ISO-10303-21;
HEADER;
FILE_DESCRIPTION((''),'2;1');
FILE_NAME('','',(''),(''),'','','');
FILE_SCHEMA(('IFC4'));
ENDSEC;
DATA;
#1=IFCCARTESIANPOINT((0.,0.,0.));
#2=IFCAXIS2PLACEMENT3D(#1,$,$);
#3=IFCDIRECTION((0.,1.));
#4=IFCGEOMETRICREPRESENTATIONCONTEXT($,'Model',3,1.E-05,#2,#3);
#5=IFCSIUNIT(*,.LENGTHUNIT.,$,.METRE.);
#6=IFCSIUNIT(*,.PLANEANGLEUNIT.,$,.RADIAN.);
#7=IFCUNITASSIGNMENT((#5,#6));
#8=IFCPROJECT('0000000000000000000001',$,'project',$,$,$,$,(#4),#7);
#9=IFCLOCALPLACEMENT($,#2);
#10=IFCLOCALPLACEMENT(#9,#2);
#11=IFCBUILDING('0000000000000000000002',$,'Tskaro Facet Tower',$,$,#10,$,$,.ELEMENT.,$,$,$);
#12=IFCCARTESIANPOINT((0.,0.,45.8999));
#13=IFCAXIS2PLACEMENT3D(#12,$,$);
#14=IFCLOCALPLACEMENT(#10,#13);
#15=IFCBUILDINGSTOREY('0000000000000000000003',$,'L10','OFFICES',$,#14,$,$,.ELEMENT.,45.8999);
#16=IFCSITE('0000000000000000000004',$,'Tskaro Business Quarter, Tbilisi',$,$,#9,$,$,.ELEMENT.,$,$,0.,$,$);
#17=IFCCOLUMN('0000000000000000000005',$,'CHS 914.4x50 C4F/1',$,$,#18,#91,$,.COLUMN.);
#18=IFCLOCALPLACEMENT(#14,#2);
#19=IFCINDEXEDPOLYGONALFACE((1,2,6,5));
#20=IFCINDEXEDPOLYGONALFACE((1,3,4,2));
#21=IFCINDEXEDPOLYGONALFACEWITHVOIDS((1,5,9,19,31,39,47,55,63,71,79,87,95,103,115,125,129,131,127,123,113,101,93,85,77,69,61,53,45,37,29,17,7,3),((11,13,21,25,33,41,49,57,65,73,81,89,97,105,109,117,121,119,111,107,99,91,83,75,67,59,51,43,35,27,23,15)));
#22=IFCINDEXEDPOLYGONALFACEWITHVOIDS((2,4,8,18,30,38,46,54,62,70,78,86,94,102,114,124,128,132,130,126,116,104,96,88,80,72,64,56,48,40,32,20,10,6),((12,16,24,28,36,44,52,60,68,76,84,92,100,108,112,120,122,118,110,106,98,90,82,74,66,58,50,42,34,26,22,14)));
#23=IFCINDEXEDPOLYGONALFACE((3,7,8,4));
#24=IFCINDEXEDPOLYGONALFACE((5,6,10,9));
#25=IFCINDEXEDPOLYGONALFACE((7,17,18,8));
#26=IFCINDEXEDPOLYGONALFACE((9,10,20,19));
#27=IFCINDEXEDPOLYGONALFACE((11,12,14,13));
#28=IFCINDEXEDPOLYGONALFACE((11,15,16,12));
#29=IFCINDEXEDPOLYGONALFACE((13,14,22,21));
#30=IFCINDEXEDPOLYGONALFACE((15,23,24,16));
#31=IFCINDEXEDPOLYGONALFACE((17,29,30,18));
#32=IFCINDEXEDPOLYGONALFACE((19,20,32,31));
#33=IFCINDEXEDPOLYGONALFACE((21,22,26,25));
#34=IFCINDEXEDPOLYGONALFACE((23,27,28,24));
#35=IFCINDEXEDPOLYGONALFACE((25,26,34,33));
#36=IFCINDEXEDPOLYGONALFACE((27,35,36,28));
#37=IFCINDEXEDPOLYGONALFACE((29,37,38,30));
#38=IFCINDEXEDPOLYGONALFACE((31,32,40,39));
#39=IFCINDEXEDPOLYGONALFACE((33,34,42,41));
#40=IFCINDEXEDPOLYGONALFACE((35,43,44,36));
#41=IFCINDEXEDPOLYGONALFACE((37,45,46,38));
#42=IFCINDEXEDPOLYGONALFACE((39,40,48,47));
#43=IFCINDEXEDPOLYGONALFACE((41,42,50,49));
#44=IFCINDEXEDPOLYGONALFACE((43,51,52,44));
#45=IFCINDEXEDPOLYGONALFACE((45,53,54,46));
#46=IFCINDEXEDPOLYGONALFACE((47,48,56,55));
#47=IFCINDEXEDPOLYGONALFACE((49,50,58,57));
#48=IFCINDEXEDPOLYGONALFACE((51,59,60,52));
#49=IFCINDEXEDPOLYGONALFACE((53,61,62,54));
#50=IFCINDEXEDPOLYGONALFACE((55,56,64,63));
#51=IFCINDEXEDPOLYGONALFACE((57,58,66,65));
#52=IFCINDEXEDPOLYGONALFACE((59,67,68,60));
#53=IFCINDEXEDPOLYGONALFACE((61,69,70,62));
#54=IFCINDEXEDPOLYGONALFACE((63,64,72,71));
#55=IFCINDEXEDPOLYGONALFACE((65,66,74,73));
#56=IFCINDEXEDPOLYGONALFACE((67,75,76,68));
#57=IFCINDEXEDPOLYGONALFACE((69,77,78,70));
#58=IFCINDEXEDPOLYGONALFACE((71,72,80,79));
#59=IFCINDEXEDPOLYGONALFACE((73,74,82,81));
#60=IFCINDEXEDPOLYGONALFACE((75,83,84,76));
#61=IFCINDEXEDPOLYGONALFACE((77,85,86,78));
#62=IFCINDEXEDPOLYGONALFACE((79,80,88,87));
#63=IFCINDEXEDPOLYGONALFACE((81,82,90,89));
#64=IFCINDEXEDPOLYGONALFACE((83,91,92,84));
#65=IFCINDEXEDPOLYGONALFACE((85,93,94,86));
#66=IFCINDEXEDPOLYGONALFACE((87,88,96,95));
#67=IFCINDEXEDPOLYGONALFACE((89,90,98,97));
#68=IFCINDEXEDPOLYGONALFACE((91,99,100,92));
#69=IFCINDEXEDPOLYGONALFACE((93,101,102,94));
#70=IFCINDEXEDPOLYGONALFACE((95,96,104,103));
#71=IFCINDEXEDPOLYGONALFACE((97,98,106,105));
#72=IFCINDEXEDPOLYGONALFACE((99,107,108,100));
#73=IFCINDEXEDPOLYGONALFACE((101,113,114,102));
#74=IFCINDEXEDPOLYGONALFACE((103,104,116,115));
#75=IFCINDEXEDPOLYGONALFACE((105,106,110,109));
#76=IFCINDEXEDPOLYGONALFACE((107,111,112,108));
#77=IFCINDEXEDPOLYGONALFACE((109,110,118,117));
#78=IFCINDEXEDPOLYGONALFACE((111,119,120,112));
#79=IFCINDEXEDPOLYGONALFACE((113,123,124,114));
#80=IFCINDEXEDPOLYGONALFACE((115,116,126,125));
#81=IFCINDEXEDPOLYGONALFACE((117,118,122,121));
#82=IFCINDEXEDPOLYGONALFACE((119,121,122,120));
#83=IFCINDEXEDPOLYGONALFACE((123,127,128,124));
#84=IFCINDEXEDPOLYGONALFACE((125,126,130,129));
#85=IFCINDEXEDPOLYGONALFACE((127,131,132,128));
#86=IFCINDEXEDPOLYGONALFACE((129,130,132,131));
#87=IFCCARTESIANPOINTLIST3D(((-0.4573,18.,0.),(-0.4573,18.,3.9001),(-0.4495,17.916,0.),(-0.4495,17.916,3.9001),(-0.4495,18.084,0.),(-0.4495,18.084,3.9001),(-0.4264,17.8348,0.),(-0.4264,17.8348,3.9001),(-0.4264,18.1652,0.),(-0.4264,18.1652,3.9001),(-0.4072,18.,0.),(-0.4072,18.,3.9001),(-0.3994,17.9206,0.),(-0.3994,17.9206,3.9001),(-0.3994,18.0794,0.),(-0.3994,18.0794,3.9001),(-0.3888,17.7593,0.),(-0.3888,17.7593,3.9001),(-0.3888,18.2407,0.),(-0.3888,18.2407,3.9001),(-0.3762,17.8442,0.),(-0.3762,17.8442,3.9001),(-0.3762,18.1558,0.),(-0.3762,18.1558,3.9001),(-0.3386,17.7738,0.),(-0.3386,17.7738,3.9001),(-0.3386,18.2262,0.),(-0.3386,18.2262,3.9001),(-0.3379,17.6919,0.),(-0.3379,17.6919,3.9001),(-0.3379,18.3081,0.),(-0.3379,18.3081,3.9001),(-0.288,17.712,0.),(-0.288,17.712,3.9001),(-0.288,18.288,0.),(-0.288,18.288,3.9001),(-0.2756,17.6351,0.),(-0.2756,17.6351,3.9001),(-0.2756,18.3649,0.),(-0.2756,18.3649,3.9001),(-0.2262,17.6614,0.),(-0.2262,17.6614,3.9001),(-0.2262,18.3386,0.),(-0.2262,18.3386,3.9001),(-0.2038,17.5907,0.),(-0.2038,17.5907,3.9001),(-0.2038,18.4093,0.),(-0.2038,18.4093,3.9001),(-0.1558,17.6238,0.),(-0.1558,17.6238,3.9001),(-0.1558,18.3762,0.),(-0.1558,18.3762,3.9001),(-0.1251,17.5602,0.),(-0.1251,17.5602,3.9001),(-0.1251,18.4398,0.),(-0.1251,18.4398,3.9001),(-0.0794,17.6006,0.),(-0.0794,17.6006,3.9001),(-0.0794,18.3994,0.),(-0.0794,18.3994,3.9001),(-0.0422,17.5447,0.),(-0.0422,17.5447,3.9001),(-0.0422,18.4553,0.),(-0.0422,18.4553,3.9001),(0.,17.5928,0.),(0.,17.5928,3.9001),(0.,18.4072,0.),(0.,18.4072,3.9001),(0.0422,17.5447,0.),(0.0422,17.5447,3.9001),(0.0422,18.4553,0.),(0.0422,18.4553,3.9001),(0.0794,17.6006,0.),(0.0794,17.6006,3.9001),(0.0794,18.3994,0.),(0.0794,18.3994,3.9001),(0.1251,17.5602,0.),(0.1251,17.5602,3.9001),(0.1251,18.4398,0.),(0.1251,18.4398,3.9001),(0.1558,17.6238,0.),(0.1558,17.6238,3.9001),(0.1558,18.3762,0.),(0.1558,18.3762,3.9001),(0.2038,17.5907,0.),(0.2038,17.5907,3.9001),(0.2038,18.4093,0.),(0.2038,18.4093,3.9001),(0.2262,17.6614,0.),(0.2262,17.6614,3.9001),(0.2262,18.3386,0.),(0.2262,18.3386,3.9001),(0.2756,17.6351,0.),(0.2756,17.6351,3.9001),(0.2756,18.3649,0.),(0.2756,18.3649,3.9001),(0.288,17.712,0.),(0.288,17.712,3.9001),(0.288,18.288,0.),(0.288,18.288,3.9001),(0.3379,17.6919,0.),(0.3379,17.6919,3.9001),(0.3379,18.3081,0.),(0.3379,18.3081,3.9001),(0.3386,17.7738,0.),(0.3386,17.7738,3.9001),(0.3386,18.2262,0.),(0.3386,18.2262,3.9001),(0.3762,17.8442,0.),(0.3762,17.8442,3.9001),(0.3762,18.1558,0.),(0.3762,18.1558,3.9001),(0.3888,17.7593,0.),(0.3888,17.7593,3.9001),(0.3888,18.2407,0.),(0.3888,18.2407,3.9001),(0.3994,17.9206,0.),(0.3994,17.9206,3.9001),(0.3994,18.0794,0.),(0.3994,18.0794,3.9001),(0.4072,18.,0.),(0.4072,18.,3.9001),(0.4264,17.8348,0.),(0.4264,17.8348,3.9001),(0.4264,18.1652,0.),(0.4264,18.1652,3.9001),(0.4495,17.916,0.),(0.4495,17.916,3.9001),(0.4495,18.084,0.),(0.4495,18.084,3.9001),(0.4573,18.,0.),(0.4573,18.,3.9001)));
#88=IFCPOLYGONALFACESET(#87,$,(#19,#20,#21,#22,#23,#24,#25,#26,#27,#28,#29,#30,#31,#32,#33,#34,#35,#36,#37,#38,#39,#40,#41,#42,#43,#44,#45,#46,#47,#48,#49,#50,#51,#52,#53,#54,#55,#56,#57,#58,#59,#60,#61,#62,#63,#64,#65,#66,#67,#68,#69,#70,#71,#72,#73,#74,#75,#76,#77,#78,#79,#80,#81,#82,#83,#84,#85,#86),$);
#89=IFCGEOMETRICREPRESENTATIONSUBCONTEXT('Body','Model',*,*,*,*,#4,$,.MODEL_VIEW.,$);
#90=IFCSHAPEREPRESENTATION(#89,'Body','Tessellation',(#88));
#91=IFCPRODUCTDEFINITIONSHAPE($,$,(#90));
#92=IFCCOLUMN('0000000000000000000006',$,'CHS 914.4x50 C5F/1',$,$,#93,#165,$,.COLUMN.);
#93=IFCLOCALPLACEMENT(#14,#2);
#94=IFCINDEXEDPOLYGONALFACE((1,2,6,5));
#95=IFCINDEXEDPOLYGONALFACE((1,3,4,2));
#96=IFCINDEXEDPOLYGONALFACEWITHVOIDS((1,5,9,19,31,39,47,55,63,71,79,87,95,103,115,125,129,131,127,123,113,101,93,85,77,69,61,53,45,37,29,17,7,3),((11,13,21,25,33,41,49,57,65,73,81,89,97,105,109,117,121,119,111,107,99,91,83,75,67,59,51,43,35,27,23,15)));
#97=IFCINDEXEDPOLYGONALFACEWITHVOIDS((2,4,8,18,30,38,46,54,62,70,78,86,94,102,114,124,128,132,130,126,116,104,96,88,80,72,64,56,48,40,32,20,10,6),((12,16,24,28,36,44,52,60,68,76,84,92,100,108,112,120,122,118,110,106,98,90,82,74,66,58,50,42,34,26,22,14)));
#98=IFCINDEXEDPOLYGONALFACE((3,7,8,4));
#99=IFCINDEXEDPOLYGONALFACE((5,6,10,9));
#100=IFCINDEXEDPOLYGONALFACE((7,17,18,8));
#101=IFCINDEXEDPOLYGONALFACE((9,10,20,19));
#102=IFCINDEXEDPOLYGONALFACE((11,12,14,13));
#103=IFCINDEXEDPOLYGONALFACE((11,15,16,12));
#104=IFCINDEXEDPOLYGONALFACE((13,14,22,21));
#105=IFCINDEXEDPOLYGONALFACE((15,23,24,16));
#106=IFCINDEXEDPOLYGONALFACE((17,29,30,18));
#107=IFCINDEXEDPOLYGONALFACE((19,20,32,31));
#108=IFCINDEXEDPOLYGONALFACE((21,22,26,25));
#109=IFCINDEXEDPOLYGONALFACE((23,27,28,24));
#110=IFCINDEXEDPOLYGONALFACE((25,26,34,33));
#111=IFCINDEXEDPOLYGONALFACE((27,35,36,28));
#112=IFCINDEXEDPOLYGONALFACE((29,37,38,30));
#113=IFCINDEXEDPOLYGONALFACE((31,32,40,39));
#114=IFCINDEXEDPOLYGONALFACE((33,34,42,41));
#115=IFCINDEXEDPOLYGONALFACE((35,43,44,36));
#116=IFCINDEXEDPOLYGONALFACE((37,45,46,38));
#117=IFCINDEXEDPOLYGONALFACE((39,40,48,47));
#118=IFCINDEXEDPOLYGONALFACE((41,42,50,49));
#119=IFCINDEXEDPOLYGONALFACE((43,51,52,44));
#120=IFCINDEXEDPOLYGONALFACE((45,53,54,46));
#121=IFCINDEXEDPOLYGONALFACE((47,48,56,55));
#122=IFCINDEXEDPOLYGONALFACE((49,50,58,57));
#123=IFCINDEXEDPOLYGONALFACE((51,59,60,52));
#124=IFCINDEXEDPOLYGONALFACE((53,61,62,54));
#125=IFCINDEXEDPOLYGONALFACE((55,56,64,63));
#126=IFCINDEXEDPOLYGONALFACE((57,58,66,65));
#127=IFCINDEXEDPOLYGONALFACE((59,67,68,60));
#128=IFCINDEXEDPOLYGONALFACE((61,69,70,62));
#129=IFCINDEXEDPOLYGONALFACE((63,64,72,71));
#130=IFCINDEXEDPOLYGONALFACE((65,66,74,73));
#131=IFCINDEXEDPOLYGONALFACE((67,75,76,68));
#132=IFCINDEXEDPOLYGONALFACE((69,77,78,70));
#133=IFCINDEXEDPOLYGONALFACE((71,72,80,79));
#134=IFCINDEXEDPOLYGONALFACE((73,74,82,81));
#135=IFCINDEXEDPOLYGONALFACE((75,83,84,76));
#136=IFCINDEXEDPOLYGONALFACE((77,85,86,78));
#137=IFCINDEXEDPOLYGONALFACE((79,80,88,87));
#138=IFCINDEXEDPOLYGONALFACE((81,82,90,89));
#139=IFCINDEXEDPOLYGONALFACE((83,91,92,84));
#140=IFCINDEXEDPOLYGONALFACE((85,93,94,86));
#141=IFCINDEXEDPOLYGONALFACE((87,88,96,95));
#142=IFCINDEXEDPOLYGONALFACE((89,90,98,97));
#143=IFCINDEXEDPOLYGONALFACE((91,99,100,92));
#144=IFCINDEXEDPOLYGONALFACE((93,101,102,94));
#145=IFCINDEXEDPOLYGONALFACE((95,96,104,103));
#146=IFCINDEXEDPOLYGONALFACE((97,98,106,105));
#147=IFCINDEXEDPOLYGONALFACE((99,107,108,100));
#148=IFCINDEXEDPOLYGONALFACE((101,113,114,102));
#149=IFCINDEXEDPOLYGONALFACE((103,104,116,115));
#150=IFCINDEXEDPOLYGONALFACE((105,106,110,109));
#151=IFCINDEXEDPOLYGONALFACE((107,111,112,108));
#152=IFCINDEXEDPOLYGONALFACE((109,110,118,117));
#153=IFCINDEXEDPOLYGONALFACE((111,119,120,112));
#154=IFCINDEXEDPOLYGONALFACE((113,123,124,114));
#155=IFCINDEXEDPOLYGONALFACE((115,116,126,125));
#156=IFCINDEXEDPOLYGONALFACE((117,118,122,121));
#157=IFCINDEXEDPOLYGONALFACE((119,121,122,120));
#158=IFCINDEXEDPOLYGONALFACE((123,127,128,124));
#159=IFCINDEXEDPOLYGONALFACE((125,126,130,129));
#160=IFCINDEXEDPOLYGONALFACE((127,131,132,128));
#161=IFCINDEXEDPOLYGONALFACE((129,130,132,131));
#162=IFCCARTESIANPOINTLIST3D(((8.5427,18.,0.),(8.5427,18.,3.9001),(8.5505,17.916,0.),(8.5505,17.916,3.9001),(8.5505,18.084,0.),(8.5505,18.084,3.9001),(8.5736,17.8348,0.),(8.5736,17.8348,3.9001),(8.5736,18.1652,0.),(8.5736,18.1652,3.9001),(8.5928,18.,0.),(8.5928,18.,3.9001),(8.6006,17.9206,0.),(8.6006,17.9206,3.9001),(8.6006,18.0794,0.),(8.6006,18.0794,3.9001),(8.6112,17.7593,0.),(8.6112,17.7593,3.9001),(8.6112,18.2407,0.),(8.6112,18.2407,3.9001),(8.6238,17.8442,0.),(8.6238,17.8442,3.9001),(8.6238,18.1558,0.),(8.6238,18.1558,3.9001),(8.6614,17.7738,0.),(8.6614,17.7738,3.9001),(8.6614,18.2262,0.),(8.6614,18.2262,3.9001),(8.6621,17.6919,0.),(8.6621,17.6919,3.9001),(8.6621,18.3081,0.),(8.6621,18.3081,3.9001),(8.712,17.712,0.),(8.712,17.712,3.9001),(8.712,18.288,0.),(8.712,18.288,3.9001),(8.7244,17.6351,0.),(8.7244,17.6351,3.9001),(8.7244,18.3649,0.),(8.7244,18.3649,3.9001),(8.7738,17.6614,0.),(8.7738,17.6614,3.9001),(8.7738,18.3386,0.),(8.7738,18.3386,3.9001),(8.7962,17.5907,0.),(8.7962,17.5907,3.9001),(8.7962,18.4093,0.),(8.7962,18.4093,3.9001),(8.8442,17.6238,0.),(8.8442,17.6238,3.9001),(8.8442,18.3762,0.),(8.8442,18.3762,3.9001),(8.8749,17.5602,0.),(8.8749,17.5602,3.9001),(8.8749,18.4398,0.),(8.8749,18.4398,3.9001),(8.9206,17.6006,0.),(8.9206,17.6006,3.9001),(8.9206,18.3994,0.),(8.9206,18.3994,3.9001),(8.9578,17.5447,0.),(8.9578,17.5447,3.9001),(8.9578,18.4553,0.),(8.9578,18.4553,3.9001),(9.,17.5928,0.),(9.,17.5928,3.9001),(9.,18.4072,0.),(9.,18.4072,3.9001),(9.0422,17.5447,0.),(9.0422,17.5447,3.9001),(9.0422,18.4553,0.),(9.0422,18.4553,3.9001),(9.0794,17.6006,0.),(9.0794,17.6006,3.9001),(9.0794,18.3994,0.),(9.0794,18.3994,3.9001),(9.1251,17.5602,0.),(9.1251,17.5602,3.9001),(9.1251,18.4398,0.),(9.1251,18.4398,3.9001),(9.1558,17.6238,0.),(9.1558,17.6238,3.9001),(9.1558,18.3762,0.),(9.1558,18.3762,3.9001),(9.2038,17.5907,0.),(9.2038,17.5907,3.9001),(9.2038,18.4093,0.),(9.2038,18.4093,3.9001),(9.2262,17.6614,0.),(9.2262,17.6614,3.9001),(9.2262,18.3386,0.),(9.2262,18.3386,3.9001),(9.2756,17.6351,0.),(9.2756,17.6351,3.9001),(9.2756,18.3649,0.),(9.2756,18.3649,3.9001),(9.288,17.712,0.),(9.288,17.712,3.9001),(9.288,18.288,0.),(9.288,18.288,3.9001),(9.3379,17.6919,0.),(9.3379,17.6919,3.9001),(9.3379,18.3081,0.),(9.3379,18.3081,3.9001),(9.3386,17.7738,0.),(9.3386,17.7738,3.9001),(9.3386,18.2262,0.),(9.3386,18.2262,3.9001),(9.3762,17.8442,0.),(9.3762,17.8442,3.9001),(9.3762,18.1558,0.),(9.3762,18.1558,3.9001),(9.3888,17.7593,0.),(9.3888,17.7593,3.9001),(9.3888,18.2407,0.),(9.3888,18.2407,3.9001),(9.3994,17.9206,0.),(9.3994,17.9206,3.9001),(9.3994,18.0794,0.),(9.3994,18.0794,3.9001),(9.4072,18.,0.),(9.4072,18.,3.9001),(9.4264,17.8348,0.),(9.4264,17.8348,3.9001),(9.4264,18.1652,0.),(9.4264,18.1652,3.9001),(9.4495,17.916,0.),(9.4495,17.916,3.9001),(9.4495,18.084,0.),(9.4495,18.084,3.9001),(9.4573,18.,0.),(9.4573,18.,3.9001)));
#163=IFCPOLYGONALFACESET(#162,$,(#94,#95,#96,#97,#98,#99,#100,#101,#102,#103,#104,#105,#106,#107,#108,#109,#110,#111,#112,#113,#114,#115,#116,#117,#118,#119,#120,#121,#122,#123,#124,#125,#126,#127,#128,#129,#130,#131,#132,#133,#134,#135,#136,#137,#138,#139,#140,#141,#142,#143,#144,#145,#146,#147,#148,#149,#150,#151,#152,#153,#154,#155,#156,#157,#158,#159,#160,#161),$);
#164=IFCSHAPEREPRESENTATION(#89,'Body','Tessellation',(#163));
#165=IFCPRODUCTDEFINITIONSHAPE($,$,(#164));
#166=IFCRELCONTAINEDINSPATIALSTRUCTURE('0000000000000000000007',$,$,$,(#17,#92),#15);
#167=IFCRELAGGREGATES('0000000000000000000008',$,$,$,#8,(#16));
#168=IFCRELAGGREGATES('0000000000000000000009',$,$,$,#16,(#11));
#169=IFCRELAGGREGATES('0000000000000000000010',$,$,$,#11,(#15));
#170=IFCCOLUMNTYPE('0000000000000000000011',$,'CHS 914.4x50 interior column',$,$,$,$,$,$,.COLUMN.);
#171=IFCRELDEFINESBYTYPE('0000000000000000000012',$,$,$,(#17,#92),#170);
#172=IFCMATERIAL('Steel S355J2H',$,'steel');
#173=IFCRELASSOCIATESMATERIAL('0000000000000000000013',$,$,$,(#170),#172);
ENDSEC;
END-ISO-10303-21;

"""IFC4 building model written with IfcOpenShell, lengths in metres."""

from ifc_helpers import new_model, si_unit, direction, frame, origin, origin_2d, place, context, subcontext, project, spatial, hollow_circle, extrude, material, material_profile, profile_set, type_object, element, save


model = new_model("IFC4")

# Units and contexts
model_context = context("Model", 3, precision=1e-05, world=origin(), true_north=direction((0.0, 1.0)))
body_context = subcontext(model_context, "Body", "Model", "MODEL_VIEW")
ifc_project = project(units=[si_unit("LENGTHUNIT", "METRE"), si_unit("PLANEANGLEUNIT", "RADIAN")], contexts=[model_context])

# Site, building, storey
site_placement = place(None, origin())
site = spatial("IfcSite", under=ifc_project, at=site_placement, Name="Tskaro Business Quarter, Tbilisi", CompositionType="ELEMENT", RefElevation=0.0)
building_placement = place(site_placement, origin())
building = spatial("IfcBuilding", under=site, at=building_placement, Name="Tskaro Facet Tower", CompositionType="ELEMENT")
storey_placement = place(building_placement, frame((0.0, 0.0, 45.8999)))
storey = spatial("IfcBuildingStorey", under=building, at=storey_placement, Name="L10", Description="OFFICES", CompositionType="ELEMENT", Elevation=45.8999)

# Columns
ifc_material_1 = material(Name="Steel S355J2H", Category="steel")
ifc_material_profile_1 = material_profile(ifc_material_1, hollow_circle(Radius=0.4573, WallThickness=0.05, at=origin_2d()), Name="CHS 914.4x50")
ifc_profile_set_1 = profile_set([ifc_material_profile_1], Name="Steel S355J2H")
column_type_1 = type_object("IfcColumnType", Name="CHS 914.4x50 interior column", PredefinedType="COLUMN", material=ifc_profile_set_1)
for number, where, z_axis, x_axis, name in (
    (1, (0.0, 18.0, 0.0), (0.0, 0.0, 1.0), (1.0, 0.0, 0.0), "CHS 914.4x50 C4F/1"),
    (2, (9.0, 18.0, 0.0), (0.0, 0.0, 1.0), (1.0, 0.0, 0.0), "CHS 914.4x50 C5F/1"),
):
    element("IfcColumn", number, at=place(storey_placement, frame(where, z_axis=z_axis, x_axis=x_axis)), inside=storey, type_object=column_type_1, Name=name, PredefinedType="COLUMN", context=body_context, shape_type="SweptSolid", body=[
        extrude(hollow_circle(Radius=0.4573, WallThickness=0.05, at=origin_2d()), origin(), (0.0, 0.0, 1.0), 3.9001),
    ])

save(model, "model.ifc")
